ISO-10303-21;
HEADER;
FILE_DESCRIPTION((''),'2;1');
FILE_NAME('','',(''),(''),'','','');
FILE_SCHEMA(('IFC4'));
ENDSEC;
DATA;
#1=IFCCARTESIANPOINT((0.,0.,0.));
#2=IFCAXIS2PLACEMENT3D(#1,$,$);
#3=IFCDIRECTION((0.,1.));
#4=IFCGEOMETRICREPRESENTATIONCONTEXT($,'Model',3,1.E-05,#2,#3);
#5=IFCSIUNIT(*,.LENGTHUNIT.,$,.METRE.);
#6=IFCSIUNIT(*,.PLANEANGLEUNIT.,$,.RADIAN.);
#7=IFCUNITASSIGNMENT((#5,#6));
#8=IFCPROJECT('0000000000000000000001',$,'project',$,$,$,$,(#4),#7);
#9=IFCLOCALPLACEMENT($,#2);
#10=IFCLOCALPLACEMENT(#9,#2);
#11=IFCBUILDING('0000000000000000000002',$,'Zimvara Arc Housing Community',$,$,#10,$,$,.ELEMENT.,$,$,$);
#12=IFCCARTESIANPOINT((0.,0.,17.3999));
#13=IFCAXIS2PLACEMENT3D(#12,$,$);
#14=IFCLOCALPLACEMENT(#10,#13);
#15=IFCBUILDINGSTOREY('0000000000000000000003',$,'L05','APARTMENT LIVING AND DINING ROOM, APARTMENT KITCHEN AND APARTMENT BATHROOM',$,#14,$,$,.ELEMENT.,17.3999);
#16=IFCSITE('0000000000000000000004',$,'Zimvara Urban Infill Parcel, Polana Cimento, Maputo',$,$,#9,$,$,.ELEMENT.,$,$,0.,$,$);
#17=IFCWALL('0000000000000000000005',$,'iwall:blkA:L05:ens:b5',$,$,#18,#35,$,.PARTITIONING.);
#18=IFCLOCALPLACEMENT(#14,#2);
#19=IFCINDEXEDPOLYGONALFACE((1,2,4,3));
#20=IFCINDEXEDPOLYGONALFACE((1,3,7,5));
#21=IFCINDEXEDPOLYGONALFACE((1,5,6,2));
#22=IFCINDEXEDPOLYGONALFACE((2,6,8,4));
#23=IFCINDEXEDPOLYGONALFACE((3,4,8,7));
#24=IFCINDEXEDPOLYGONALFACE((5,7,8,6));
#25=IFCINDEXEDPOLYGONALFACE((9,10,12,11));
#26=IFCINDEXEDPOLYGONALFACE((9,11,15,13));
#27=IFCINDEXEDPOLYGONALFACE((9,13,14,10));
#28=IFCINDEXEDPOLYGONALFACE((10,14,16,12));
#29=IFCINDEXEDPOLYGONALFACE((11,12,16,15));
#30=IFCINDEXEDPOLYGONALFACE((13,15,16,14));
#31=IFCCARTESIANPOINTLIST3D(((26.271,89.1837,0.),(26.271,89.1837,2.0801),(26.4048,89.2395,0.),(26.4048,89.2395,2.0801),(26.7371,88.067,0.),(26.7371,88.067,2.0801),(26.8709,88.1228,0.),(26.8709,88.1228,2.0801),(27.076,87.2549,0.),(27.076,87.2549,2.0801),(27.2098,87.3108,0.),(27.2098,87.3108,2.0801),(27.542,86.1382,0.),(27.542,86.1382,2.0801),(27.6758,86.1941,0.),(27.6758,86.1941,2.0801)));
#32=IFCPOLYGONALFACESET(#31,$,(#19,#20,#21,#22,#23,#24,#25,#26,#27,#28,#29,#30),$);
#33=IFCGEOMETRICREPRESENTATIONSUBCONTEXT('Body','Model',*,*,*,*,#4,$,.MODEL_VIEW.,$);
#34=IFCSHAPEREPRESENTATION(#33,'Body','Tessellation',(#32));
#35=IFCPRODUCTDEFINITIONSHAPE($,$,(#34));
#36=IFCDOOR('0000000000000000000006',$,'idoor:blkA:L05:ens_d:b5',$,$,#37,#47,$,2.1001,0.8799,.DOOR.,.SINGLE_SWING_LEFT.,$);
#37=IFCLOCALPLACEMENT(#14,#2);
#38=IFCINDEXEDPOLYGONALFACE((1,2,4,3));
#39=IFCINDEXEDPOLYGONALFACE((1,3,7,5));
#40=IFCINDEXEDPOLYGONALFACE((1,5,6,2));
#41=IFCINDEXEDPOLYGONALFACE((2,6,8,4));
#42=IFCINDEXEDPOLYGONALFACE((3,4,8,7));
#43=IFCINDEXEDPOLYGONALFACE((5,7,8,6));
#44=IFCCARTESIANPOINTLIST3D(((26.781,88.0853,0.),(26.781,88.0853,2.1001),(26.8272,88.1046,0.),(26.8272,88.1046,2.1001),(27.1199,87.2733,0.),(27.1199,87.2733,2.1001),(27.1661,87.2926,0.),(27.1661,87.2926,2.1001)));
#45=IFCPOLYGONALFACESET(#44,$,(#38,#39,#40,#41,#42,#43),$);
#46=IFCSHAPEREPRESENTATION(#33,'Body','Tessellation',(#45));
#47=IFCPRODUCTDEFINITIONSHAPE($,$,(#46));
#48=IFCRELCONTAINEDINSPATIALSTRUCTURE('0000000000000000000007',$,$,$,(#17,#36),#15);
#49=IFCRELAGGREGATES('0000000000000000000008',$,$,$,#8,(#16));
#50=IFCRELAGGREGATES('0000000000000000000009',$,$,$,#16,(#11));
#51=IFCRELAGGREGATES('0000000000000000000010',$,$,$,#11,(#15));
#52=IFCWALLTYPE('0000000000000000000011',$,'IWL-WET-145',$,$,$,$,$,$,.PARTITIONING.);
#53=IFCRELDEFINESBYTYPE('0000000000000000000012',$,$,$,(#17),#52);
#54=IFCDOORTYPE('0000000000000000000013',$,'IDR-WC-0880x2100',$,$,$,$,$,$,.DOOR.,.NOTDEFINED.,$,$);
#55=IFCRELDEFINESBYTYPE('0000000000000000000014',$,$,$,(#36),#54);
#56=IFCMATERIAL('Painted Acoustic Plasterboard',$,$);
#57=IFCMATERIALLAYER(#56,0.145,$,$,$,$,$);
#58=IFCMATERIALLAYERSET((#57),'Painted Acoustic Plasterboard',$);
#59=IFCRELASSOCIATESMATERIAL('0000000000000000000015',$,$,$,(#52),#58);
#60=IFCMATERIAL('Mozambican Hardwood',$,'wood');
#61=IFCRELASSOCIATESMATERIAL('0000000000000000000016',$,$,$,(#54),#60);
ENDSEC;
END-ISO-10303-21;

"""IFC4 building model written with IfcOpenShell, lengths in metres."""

from ifc_helpers import new_model, si_unit, direction, frame, frame_2d, origin, place, context, subcontext, project, spatial, rectangle, extrude, material, layer, layer_set, type_object, element, fill, save


model = new_model("IFC4")

# Units and contexts
model_context = context("Model", 3, precision=1e-05, world=origin(), true_north=direction((0.0, 1.0)))
body_context = subcontext(model_context, "Body", "Model", "MODEL_VIEW")
ifc_project = project(units=[si_unit("LENGTHUNIT", "METRE"), si_unit("PLANEANGLEUNIT", "RADIAN")], contexts=[model_context])

# Site, building, storey
site_placement = place(None, origin())
site = spatial("IfcSite", under=ifc_project, at=site_placement, Name="Zimvara Urban Infill Parcel, Polana Cimento, Maputo", CompositionType="ELEMENT", RefElevation=0.0)
building_placement = place(site_placement, origin())
building = spatial("IfcBuilding", under=site, at=building_placement, Name="Zimvara Arc Housing Community", CompositionType="ELEMENT")
storey_placement = place(building_placement, frame((0.0, 0.0, 17.3999)))
storey = spatial("IfcBuildingStorey", under=building, at=storey_placement, Name="L05", Description="APARTMENT LIVING AND DINING ROOM, APARTMENT KITCHEN AND APARTMENT BATHROOM", CompositionType="ELEMENT", Elevation=17.3999)

# Wall, opening, door
ifc_material_1 = material(Name="Painted Acoustic Plasterboard")
ifc_layer_1 = layer(ifc_material_1, 0.145)
ifc_layer_set_1 = layer_set([ifc_layer_1], Name="Painted Acoustic Plasterboard")
wall_type_1 = type_object("IfcWallType", Name="IWL-WET-145", PredefinedType="PARTITIONING", material=ifc_layer_set_1)
wall_1_placement = place(storey_placement, frame((27.6089, 86.1663, 0.0), z_axis=(0.0, 0.0, 1.0), x_axis=(-0.385151, 0.922854, 0.0)))
wall_1 = element("IfcWall", 1, at=wall_1_placement, inside=storey, type_object=wall_type_1, Name="iwall:blkA:L05:ens:b5", PredefinedType="PARTITIONING", context=body_context, shape_type="SweptSolid", body=[
    extrude(rectangle(XDim=3.3, YDim=0.145, at=frame_2d((1.6499, 0.0))), origin(), (0.0, 0.0, 1.0), 2.0801),
])
opening_1_placement = place(wall_1_placement, frame((1.21, 0.0, 0.0)))
opening_1 = element("IfcOpeningElement", 2, at=opening_1_placement, cuts=wall_1, PredefinedType="OPENING", context=body_context, shape_type="SweptSolid", body=[
    extrude(rectangle(XDim=0.8799, YDim=2.1001, at=frame_2d((0.4399, 1.05))), frame((0.0, 0.0825, 0.0), z_axis=(0.0, -1.0, 0.0), x_axis=(1.0, 0.0, 0.0)), (0.0, 0.0, 1.0), 0.165),
])
ifc_material_2 = material(Name="Mozambican Hardwood", Category="wood")
door_type_1 = type_object("IfcDoorType", Name="IDR-WC-0880x2100", OperationType="NOTDEFINED", PredefinedType="DOOR", material=ifc_material_2)
door_1_placement = place(opening_1_placement, origin())
door_1 = element("IfcDoor", 3, at=door_1_placement, inside=storey, type_object=door_type_1, Name="idoor:blkA:L05:ens_d:b5", OperationType="SINGLE_SWING_LEFT", OverallHeight=2.1001, OverallWidth=0.8799, PredefinedType="DOOR", context=body_context, shape_type="SweptSolid", body=[
    extrude(rectangle(XDim=0.8799, YDim=2.1001, at=frame_2d((0.4399, 1.05))), frame((0.0, 0.0249, 0.0), z_axis=(0.0, -1.0, 0.0), x_axis=(1.0, 0.0, 0.0)), (0.0, 0.0, 1.0), 0.05),
])
fill(opening_1, door_1)

save(model, "model.ifc")
